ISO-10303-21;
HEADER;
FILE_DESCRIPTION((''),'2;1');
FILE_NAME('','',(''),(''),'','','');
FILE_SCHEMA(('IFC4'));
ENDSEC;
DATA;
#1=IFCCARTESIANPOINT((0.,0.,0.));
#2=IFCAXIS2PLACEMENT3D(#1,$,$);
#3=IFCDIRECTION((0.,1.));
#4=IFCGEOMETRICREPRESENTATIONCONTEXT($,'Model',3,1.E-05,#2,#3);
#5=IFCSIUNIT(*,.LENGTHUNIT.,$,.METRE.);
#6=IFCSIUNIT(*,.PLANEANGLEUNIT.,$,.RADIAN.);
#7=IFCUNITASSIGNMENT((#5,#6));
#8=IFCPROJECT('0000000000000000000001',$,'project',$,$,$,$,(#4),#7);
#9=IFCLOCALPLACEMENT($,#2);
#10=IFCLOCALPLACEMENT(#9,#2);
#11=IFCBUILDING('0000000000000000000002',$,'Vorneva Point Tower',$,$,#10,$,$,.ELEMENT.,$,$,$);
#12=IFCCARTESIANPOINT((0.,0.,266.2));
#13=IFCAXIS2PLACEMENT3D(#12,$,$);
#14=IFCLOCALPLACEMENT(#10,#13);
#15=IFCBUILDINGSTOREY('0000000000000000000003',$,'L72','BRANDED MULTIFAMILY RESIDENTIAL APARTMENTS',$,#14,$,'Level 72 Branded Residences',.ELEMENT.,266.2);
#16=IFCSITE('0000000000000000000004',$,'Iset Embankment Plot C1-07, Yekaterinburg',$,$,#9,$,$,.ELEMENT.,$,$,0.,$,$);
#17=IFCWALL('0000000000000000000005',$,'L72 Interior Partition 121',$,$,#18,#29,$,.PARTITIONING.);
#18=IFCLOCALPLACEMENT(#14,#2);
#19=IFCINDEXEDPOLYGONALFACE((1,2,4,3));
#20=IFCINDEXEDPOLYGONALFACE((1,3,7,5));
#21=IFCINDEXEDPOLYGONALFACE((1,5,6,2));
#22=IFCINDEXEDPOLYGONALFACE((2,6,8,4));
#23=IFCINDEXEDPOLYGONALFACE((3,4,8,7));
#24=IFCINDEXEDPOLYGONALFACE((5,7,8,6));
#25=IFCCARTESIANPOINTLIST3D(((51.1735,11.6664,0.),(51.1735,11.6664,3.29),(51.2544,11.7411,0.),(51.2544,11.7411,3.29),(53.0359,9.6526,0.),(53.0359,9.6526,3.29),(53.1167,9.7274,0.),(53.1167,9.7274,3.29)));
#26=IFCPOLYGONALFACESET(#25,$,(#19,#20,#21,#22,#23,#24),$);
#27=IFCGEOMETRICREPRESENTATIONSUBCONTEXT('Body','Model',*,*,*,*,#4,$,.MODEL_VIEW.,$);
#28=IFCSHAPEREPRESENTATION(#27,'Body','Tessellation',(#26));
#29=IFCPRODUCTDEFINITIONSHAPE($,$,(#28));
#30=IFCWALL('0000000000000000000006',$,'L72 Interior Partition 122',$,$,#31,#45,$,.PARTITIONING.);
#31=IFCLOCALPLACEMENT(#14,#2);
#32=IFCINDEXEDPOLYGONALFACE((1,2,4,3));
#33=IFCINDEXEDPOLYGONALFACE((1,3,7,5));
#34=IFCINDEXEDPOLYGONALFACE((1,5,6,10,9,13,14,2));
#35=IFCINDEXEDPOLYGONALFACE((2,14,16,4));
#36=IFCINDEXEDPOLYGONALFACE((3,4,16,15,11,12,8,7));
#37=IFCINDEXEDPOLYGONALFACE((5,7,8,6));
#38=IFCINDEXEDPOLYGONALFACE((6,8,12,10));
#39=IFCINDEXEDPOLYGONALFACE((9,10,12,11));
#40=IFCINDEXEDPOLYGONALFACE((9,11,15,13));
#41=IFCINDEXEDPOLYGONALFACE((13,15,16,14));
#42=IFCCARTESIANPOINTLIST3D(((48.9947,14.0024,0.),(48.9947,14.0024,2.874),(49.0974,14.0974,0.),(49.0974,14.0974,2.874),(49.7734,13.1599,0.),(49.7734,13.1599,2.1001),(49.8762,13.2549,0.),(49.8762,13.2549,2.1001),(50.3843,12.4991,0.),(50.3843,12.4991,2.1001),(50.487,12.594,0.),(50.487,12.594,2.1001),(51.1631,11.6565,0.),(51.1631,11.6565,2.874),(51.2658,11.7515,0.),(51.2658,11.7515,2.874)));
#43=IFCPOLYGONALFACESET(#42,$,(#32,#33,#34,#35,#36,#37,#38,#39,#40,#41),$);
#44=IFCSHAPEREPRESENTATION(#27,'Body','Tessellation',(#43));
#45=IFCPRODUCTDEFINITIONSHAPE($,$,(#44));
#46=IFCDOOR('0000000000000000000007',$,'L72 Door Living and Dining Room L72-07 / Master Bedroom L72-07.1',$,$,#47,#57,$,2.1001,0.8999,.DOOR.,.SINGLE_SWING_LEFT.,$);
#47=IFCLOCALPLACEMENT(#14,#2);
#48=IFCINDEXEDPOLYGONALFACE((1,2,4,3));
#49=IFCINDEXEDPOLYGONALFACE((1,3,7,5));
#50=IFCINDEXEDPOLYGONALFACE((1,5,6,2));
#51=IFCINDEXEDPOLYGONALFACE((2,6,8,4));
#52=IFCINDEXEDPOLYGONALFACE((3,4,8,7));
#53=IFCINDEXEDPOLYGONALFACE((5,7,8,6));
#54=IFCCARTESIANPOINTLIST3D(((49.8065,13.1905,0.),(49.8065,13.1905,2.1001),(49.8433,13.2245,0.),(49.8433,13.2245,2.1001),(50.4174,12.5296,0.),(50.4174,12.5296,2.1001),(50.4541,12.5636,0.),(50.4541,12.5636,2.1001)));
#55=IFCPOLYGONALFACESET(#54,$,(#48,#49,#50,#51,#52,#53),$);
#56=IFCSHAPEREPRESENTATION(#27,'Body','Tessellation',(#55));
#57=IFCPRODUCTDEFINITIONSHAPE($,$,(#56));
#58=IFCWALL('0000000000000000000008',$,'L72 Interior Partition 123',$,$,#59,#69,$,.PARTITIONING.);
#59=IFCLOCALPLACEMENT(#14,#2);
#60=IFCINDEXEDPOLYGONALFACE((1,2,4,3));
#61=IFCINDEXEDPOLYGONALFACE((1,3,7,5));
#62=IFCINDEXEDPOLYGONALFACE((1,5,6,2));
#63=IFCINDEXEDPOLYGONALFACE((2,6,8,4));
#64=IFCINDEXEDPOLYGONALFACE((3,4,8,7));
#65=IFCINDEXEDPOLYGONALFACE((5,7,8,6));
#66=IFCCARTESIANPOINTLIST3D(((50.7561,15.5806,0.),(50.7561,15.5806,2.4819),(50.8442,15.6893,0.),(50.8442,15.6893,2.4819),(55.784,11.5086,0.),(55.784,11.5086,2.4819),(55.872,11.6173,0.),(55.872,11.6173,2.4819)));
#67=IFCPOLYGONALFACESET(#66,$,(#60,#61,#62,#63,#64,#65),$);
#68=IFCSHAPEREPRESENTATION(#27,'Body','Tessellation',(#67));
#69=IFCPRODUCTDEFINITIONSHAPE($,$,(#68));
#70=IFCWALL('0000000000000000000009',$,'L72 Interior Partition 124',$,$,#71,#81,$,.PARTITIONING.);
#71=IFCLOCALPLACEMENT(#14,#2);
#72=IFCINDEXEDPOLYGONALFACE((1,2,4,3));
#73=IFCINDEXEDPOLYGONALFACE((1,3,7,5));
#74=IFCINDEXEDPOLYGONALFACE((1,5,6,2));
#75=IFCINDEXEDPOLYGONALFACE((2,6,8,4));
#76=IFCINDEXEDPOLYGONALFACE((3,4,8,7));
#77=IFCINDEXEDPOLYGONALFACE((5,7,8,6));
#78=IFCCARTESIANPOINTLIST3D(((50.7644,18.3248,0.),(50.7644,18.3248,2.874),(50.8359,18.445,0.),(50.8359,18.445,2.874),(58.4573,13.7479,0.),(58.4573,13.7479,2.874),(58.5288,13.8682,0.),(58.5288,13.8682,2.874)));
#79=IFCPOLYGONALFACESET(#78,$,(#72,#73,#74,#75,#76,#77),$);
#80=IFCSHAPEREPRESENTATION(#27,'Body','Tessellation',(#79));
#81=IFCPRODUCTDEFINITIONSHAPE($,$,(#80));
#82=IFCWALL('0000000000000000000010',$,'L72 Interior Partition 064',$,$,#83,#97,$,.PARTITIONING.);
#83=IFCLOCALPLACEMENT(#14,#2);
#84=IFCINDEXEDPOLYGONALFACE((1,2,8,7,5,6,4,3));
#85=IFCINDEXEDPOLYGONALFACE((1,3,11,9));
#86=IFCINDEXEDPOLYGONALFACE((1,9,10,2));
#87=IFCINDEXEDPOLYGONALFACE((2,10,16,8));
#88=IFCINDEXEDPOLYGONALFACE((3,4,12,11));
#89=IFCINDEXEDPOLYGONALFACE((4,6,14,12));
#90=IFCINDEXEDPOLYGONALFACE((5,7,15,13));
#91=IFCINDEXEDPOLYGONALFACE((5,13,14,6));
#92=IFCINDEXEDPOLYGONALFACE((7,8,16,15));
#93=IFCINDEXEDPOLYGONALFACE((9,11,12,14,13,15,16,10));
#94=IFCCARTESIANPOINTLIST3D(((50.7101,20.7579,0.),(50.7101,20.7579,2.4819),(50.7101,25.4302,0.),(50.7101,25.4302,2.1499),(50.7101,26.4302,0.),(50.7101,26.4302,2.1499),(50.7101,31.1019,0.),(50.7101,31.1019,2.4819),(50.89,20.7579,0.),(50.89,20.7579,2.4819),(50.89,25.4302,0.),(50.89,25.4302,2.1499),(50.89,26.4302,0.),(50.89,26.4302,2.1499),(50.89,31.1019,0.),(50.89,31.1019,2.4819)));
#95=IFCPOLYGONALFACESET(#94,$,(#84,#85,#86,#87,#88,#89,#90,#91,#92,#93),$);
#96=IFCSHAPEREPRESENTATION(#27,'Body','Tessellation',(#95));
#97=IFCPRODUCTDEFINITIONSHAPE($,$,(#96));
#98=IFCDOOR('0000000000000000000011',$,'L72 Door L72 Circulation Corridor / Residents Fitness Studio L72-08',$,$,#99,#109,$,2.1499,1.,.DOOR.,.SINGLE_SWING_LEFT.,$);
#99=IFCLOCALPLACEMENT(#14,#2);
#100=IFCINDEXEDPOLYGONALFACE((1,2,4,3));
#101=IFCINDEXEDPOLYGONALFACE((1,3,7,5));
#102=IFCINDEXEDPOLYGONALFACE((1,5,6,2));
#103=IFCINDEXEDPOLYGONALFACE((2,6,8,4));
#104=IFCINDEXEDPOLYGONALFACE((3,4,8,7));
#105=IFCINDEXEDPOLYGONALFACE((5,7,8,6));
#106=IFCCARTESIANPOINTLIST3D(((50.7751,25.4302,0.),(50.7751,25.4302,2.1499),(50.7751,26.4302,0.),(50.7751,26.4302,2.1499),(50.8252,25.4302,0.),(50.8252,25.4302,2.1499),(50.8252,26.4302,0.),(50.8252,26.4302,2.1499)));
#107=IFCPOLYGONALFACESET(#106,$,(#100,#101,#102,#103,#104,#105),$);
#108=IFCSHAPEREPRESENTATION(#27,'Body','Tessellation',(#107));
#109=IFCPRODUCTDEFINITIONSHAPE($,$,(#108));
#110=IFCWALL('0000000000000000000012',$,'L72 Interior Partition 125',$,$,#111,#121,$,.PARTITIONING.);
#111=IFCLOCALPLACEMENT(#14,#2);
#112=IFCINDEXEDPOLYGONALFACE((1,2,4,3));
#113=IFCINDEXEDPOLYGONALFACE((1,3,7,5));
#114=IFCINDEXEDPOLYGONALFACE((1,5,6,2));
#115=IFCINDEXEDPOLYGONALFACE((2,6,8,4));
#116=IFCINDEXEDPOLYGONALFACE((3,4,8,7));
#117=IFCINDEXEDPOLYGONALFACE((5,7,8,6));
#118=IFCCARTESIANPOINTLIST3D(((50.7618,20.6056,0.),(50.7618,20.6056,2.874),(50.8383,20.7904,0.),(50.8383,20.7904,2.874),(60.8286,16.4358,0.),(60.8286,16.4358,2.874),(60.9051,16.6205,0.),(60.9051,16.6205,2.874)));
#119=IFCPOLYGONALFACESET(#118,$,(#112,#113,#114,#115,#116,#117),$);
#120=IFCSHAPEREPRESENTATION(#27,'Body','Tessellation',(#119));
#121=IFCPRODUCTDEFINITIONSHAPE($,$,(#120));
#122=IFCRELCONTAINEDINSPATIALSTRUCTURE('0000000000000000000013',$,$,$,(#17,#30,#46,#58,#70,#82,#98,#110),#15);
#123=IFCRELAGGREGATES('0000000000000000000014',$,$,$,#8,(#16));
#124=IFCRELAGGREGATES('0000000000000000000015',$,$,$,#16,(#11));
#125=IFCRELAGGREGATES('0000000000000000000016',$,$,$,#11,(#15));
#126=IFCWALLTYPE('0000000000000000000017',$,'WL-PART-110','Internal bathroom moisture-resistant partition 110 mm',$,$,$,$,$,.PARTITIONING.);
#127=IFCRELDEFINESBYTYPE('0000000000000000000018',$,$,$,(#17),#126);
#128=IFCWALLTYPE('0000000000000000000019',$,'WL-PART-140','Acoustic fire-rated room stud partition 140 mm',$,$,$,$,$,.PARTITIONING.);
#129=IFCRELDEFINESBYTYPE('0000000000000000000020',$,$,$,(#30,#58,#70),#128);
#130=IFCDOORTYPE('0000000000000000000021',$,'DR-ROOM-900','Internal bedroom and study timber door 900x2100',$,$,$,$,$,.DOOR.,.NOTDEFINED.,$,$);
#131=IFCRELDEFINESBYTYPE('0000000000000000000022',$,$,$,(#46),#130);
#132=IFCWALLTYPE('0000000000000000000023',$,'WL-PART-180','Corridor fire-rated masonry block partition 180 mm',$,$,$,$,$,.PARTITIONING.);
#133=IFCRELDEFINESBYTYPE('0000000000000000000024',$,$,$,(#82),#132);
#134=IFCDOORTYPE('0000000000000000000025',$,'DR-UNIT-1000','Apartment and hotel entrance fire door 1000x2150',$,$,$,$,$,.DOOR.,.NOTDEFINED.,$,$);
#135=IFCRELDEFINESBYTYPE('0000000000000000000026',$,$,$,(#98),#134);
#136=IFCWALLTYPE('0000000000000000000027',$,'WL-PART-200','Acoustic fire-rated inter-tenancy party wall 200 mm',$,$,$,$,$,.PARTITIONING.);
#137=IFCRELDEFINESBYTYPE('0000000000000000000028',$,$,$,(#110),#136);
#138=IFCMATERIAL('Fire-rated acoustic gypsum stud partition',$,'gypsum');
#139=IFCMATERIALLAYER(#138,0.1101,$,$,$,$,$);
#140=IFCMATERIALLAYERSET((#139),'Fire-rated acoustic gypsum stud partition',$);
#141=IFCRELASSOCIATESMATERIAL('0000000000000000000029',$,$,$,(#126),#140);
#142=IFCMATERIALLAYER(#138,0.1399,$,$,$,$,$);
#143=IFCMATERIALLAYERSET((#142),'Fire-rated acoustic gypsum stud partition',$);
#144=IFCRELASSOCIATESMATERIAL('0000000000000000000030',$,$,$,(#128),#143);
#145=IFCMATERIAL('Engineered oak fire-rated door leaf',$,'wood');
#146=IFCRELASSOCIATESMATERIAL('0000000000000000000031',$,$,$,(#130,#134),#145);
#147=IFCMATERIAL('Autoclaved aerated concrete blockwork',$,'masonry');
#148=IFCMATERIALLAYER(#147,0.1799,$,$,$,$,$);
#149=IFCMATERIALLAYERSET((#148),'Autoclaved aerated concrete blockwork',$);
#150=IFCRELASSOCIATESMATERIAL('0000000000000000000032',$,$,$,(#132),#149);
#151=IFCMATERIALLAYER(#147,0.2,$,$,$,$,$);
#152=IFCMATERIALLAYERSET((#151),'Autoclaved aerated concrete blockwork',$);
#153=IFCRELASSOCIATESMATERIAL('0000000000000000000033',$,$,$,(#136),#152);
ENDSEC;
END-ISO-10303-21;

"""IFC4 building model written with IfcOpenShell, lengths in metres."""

from ifc_helpers import new_model, si_unit, direction, frame, frame_2d, origin, place, context, subcontext, project, spatial, rectangle, extrude, material, layer, layer_set, type_object, element, fill, save


model = new_model("IFC4")

# Units and contexts
model_context = context("Model", 3, precision=1e-05, world=origin(), true_north=direction((0.0, 1.0)))
body_context = subcontext(model_context, "Body", "Model", "MODEL_VIEW")
ifc_project = project(units=[si_unit("LENGTHUNIT", "METRE"), si_unit("PLANEANGLEUNIT", "RADIAN")], contexts=[model_context])

# Site, building, storey
site_placement = place(None, origin())
site = spatial("IfcSite", under=ifc_project, at=site_placement, Name="Iset Embankment Plot C1-07, Yekaterinburg", CompositionType="ELEMENT", RefElevation=0.0)
building_placement = place(site_placement, origin())
building = spatial("IfcBuilding", under=site, at=building_placement, Name="Vorneva Point Tower", CompositionType="ELEMENT")
storey_placement = place(building_placement, frame((0.0, 0.0, 266.2)))
storey = spatial("IfcBuildingStorey", under=building, at=storey_placement, Name="L72", Description="BRANDED MULTIFAMILY RESIDENTIAL APARTMENTS", LongName="Level 72 Branded Residences", CompositionType="ELEMENT", Elevation=266.2)

# Wall
ifc_material_1 = material(Name="Fire-rated acoustic gypsum stud partition", Category="gypsum")
ifc_layer_1 = layer(ifc_material_1, 0.1101)
ifc_layer_set_1 = layer_set([ifc_layer_1], Name="Fire-rated acoustic gypsum stud partition")
wall_type_1 = type_object("IfcWallType", Name="WL-PART-110", Description="Internal bathroom moisture-resistant partition 110 mm", PredefinedType="PARTITIONING", material=ifc_layer_set_1)
wall_1_placement = place(storey_placement, frame((51.2139, 11.7039, 0.0), z_axis=(0.0, 0.0, 1.0), x_axis=(0.678975, -0.734162, 0.0)))
element("IfcWall", 1, at=wall_1_placement, inside=storey, type_object=wall_type_1, Name="L72 Interior Partition 121", PredefinedType="PARTITIONING", context=body_context, shape_type="SweptSolid", body=[
    extrude(rectangle(XDim=2.7429, YDim=0.1101, at=frame_2d((1.3716, 0.0))), origin(), (0.0, 0.0, 1.0), 3.29),
])

# Wall, opening, door
ifc_layer_2 = layer(ifc_material_1, 0.1399)
ifc_layer_set_2 = layer_set([ifc_layer_2], Name="Fire-rated acoustic gypsum stud partition")
wall_type_2 = type_object("IfcWallType", Name="WL-PART-140", Description="Acoustic fire-rated room stud partition 140 mm", PredefinedType="PARTITIONING", material=ifc_layer_set_2)
wall_2_placement = place(storey_placement, frame((51.2144, 11.7041, 0.0), z_axis=(0.0, 0.0, 1.0), x_axis=(-0.678781, 0.73434, 0.0)))
wall_2 = element("IfcWall", 2, at=wall_2_placement, inside=storey, type_object=wall_type_2, Name="L72 Interior Partition 122", PredefinedType="PARTITIONING", context=body_context, shape_type="SweptSolid", body=[
    extrude(rectangle(XDim=3.1946, YDim=0.1399, at=frame_2d((1.5972, 0.0))), origin(), (0.0, 0.0, 1.0), 2.874),
])
opening_1_placement = place(wall_2_placement, frame((1.1472, 0.0, 0.0)))
opening_1 = element("IfcOpeningElement", 3, at=opening_1_placement, cuts=wall_2, PredefinedType="OPENING", context=body_context, shape_type="SweptSolid", body=[
    extrude(rectangle(XDim=0.8999, YDim=2.1001, at=frame_2d((0.45, 1.05))), frame((0.0, 0.085, 0.0), z_axis=(0.0, -1.0, 0.0), x_axis=(1.0, 0.0, 0.0)), (0.0, 0.0, 1.0), 0.1697),
])
ifc_material_2 = material(Name="Engineered oak fire-rated door leaf", Category="wood")
door_type_1 = type_object("IfcDoorType", Name="DR-ROOM-900", Description="Internal bedroom and study timber door 900x2100", OperationType="NOTDEFINED", PredefinedType="DOOR", material=ifc_material_2)
door_1_placement = place(opening_1_placement, origin())
door_1 = element("IfcDoor", 4, at=door_1_placement, inside=storey, type_object=door_type_1, Name="L72 Door Living and Dining Room L72-07 / Master Bedroom L72-07.1", OperationType="SINGLE_SWING_LEFT", OverallHeight=2.1001, OverallWidth=0.8999, PredefinedType="DOOR", context=body_context, shape_type="SweptSolid", body=[
    extrude(rectangle(XDim=0.8999, YDim=2.1001, at=frame_2d((0.45, 1.05))), frame((0.0, 0.0249, 0.0), z_axis=(0.0, -1.0, 0.0), x_axis=(1.0, 0.0, 0.0)), (0.0, 0.0, 1.0), 0.05),
])
fill(opening_1, door_1)

# Walls
wall_3_placement = place(storey_placement, frame((55.8279, 11.563, 0.0), z_axis=(0.0, 0.0, 1.0), x_axis=(-0.777103, 0.629373, 0.0)))
element("IfcWall", 5, at=wall_3_placement, inside=storey, type_object=wall_type_2, Name="L72 Interior Partition 123", PredefinedType="PARTITIONING", context=body_context, shape_type="SweptSolid", body=[
    extrude(rectangle(XDim=6.47, YDim=0.1399, at=frame_2d((3.2349, 0.0))), origin(), (0.0, 0.0, 1.0), 2.4819),
])
wall_4_placement = place(storey_placement, frame((58.4929, 13.8081, 0.0), z_axis=(0.0, 0.0, 1.0), x_axis=(-0.8594, 0.511304, 0.0)))
element("IfcWall", 6, at=wall_4_placement, inside=storey, type_object=wall_type_2, Name="L72 Interior Partition 124", PredefinedType="PARTITIONING", context=body_context, shape_type="SweptSolid", body=[
    extrude(rectangle(XDim=8.9514, YDim=0.1399, at=frame_2d((4.4756, 0.0))), origin(), (0.0, 0.0, 1.0), 2.874),
])

# Wall, opening, door
ifc_material_3 = material(Name="Autoclaved aerated concrete blockwork", Category="masonry")
ifc_layer_3 = layer(ifc_material_3, 0.1799)
ifc_layer_set_3 = layer_set([ifc_layer_3], Name="Autoclaved aerated concrete blockwork")
wall_type_3 = type_object("IfcWallType", Name="WL-PART-180", Description="Corridor fire-rated masonry block partition 180 mm", PredefinedType="PARTITIONING", material=ifc_layer_set_3)
wall_5_placement = place(storey_placement, frame((50.8, 20.7581, 0.0), z_axis=(0.0, 0.0, 1.0), x_axis=(0.0, 1.0, 0.0)))
wall_5 = element("IfcWall", 7, at=wall_5_placement, inside=storey, type_object=wall_type_3, Name="L72 Interior Partition 064", PredefinedType="PARTITIONING", context=body_context, shape_type="SweptSolid", body=[
    extrude(rectangle(XDim=10.344, YDim=0.1799, at=frame_2d((5.1719, 0.0))), origin(), (0.0, 0.0, 1.0), 2.4819),
])
opening_2_placement = place(wall_5_placement, frame((4.6721, 0.0, 0.0)))
opening_2 = element("IfcOpeningElement", 8, at=opening_2_placement, cuts=wall_5, PredefinedType="OPENING", context=body_context, shape_type="SweptSolid", body=[
    extrude(rectangle(XDim=1.0, YDim=2.1499, at=frame_2d((0.5, 1.075))), frame((0.0, 0.105, 0.0), z_axis=(0.0, -1.0, 0.0), x_axis=(1.0, 0.0, 0.0)), (0.0, 0.0, 1.0), 0.2097),
])
door_type_2 = type_object("IfcDoorType", Name="DR-UNIT-1000", Description="Apartment and hotel entrance fire door 1000x2150", OperationType="NOTDEFINED", PredefinedType="DOOR", material=ifc_material_2)
door_2_placement = place(opening_2_placement, origin())
door_2 = element("IfcDoor", 9, at=door_2_placement, inside=storey, type_object=door_type_2, Name="L72 Door L72 Circulation Corridor / Residents Fitness Studio L72-08", OperationType="SINGLE_SWING_LEFT", OverallHeight=2.1499, OverallWidth=1.0, PredefinedType="DOOR", context=body_context, shape_type="SweptSolid", body=[
    extrude(rectangle(XDim=1.0, YDim=2.1499, at=frame_2d((0.5, 1.075))), frame((0.0, 0.0249, 0.0), z_axis=(0.0, -1.0, 0.0), x_axis=(1.0, 0.0, 0.0)), (0.0, 0.0, 1.0), 0.05),
])
fill(opening_2, door_2)

# Wall
ifc_layer_4 = layer(ifc_material_3, 0.2)
ifc_layer_set_4 = layer_set([ifc_layer_4], Name="Autoclaved aerated concrete blockwork")
wall_type_4 = type_object("IfcWallType", Name="WL-PART-200", Description="Acoustic fire-rated inter-tenancy party wall 200 mm", PredefinedType="PARTITIONING", material=ifc_layer_set_4)
wall_6_placement = place(storey_placement, frame((60.8669, 16.5281, 0.0), z_axis=(0.0, 0.0, 1.0), x_axis=(-0.923877, 0.38269, 0.0)))
element("IfcWall", 10, at=wall_6_placement, inside=storey, type_object=wall_type_4, Name="L72 Interior Partition 125", PredefinedType="PARTITIONING", context=body_context, shape_type="SweptSolid", body=[
    extrude(rectangle(XDim=10.8962, YDim=0.2, at=frame_2d((5.4482, 0.0))), origin(), (0.0, 0.0, 1.0), 2.874),
])

save(model, "model.ifc")
